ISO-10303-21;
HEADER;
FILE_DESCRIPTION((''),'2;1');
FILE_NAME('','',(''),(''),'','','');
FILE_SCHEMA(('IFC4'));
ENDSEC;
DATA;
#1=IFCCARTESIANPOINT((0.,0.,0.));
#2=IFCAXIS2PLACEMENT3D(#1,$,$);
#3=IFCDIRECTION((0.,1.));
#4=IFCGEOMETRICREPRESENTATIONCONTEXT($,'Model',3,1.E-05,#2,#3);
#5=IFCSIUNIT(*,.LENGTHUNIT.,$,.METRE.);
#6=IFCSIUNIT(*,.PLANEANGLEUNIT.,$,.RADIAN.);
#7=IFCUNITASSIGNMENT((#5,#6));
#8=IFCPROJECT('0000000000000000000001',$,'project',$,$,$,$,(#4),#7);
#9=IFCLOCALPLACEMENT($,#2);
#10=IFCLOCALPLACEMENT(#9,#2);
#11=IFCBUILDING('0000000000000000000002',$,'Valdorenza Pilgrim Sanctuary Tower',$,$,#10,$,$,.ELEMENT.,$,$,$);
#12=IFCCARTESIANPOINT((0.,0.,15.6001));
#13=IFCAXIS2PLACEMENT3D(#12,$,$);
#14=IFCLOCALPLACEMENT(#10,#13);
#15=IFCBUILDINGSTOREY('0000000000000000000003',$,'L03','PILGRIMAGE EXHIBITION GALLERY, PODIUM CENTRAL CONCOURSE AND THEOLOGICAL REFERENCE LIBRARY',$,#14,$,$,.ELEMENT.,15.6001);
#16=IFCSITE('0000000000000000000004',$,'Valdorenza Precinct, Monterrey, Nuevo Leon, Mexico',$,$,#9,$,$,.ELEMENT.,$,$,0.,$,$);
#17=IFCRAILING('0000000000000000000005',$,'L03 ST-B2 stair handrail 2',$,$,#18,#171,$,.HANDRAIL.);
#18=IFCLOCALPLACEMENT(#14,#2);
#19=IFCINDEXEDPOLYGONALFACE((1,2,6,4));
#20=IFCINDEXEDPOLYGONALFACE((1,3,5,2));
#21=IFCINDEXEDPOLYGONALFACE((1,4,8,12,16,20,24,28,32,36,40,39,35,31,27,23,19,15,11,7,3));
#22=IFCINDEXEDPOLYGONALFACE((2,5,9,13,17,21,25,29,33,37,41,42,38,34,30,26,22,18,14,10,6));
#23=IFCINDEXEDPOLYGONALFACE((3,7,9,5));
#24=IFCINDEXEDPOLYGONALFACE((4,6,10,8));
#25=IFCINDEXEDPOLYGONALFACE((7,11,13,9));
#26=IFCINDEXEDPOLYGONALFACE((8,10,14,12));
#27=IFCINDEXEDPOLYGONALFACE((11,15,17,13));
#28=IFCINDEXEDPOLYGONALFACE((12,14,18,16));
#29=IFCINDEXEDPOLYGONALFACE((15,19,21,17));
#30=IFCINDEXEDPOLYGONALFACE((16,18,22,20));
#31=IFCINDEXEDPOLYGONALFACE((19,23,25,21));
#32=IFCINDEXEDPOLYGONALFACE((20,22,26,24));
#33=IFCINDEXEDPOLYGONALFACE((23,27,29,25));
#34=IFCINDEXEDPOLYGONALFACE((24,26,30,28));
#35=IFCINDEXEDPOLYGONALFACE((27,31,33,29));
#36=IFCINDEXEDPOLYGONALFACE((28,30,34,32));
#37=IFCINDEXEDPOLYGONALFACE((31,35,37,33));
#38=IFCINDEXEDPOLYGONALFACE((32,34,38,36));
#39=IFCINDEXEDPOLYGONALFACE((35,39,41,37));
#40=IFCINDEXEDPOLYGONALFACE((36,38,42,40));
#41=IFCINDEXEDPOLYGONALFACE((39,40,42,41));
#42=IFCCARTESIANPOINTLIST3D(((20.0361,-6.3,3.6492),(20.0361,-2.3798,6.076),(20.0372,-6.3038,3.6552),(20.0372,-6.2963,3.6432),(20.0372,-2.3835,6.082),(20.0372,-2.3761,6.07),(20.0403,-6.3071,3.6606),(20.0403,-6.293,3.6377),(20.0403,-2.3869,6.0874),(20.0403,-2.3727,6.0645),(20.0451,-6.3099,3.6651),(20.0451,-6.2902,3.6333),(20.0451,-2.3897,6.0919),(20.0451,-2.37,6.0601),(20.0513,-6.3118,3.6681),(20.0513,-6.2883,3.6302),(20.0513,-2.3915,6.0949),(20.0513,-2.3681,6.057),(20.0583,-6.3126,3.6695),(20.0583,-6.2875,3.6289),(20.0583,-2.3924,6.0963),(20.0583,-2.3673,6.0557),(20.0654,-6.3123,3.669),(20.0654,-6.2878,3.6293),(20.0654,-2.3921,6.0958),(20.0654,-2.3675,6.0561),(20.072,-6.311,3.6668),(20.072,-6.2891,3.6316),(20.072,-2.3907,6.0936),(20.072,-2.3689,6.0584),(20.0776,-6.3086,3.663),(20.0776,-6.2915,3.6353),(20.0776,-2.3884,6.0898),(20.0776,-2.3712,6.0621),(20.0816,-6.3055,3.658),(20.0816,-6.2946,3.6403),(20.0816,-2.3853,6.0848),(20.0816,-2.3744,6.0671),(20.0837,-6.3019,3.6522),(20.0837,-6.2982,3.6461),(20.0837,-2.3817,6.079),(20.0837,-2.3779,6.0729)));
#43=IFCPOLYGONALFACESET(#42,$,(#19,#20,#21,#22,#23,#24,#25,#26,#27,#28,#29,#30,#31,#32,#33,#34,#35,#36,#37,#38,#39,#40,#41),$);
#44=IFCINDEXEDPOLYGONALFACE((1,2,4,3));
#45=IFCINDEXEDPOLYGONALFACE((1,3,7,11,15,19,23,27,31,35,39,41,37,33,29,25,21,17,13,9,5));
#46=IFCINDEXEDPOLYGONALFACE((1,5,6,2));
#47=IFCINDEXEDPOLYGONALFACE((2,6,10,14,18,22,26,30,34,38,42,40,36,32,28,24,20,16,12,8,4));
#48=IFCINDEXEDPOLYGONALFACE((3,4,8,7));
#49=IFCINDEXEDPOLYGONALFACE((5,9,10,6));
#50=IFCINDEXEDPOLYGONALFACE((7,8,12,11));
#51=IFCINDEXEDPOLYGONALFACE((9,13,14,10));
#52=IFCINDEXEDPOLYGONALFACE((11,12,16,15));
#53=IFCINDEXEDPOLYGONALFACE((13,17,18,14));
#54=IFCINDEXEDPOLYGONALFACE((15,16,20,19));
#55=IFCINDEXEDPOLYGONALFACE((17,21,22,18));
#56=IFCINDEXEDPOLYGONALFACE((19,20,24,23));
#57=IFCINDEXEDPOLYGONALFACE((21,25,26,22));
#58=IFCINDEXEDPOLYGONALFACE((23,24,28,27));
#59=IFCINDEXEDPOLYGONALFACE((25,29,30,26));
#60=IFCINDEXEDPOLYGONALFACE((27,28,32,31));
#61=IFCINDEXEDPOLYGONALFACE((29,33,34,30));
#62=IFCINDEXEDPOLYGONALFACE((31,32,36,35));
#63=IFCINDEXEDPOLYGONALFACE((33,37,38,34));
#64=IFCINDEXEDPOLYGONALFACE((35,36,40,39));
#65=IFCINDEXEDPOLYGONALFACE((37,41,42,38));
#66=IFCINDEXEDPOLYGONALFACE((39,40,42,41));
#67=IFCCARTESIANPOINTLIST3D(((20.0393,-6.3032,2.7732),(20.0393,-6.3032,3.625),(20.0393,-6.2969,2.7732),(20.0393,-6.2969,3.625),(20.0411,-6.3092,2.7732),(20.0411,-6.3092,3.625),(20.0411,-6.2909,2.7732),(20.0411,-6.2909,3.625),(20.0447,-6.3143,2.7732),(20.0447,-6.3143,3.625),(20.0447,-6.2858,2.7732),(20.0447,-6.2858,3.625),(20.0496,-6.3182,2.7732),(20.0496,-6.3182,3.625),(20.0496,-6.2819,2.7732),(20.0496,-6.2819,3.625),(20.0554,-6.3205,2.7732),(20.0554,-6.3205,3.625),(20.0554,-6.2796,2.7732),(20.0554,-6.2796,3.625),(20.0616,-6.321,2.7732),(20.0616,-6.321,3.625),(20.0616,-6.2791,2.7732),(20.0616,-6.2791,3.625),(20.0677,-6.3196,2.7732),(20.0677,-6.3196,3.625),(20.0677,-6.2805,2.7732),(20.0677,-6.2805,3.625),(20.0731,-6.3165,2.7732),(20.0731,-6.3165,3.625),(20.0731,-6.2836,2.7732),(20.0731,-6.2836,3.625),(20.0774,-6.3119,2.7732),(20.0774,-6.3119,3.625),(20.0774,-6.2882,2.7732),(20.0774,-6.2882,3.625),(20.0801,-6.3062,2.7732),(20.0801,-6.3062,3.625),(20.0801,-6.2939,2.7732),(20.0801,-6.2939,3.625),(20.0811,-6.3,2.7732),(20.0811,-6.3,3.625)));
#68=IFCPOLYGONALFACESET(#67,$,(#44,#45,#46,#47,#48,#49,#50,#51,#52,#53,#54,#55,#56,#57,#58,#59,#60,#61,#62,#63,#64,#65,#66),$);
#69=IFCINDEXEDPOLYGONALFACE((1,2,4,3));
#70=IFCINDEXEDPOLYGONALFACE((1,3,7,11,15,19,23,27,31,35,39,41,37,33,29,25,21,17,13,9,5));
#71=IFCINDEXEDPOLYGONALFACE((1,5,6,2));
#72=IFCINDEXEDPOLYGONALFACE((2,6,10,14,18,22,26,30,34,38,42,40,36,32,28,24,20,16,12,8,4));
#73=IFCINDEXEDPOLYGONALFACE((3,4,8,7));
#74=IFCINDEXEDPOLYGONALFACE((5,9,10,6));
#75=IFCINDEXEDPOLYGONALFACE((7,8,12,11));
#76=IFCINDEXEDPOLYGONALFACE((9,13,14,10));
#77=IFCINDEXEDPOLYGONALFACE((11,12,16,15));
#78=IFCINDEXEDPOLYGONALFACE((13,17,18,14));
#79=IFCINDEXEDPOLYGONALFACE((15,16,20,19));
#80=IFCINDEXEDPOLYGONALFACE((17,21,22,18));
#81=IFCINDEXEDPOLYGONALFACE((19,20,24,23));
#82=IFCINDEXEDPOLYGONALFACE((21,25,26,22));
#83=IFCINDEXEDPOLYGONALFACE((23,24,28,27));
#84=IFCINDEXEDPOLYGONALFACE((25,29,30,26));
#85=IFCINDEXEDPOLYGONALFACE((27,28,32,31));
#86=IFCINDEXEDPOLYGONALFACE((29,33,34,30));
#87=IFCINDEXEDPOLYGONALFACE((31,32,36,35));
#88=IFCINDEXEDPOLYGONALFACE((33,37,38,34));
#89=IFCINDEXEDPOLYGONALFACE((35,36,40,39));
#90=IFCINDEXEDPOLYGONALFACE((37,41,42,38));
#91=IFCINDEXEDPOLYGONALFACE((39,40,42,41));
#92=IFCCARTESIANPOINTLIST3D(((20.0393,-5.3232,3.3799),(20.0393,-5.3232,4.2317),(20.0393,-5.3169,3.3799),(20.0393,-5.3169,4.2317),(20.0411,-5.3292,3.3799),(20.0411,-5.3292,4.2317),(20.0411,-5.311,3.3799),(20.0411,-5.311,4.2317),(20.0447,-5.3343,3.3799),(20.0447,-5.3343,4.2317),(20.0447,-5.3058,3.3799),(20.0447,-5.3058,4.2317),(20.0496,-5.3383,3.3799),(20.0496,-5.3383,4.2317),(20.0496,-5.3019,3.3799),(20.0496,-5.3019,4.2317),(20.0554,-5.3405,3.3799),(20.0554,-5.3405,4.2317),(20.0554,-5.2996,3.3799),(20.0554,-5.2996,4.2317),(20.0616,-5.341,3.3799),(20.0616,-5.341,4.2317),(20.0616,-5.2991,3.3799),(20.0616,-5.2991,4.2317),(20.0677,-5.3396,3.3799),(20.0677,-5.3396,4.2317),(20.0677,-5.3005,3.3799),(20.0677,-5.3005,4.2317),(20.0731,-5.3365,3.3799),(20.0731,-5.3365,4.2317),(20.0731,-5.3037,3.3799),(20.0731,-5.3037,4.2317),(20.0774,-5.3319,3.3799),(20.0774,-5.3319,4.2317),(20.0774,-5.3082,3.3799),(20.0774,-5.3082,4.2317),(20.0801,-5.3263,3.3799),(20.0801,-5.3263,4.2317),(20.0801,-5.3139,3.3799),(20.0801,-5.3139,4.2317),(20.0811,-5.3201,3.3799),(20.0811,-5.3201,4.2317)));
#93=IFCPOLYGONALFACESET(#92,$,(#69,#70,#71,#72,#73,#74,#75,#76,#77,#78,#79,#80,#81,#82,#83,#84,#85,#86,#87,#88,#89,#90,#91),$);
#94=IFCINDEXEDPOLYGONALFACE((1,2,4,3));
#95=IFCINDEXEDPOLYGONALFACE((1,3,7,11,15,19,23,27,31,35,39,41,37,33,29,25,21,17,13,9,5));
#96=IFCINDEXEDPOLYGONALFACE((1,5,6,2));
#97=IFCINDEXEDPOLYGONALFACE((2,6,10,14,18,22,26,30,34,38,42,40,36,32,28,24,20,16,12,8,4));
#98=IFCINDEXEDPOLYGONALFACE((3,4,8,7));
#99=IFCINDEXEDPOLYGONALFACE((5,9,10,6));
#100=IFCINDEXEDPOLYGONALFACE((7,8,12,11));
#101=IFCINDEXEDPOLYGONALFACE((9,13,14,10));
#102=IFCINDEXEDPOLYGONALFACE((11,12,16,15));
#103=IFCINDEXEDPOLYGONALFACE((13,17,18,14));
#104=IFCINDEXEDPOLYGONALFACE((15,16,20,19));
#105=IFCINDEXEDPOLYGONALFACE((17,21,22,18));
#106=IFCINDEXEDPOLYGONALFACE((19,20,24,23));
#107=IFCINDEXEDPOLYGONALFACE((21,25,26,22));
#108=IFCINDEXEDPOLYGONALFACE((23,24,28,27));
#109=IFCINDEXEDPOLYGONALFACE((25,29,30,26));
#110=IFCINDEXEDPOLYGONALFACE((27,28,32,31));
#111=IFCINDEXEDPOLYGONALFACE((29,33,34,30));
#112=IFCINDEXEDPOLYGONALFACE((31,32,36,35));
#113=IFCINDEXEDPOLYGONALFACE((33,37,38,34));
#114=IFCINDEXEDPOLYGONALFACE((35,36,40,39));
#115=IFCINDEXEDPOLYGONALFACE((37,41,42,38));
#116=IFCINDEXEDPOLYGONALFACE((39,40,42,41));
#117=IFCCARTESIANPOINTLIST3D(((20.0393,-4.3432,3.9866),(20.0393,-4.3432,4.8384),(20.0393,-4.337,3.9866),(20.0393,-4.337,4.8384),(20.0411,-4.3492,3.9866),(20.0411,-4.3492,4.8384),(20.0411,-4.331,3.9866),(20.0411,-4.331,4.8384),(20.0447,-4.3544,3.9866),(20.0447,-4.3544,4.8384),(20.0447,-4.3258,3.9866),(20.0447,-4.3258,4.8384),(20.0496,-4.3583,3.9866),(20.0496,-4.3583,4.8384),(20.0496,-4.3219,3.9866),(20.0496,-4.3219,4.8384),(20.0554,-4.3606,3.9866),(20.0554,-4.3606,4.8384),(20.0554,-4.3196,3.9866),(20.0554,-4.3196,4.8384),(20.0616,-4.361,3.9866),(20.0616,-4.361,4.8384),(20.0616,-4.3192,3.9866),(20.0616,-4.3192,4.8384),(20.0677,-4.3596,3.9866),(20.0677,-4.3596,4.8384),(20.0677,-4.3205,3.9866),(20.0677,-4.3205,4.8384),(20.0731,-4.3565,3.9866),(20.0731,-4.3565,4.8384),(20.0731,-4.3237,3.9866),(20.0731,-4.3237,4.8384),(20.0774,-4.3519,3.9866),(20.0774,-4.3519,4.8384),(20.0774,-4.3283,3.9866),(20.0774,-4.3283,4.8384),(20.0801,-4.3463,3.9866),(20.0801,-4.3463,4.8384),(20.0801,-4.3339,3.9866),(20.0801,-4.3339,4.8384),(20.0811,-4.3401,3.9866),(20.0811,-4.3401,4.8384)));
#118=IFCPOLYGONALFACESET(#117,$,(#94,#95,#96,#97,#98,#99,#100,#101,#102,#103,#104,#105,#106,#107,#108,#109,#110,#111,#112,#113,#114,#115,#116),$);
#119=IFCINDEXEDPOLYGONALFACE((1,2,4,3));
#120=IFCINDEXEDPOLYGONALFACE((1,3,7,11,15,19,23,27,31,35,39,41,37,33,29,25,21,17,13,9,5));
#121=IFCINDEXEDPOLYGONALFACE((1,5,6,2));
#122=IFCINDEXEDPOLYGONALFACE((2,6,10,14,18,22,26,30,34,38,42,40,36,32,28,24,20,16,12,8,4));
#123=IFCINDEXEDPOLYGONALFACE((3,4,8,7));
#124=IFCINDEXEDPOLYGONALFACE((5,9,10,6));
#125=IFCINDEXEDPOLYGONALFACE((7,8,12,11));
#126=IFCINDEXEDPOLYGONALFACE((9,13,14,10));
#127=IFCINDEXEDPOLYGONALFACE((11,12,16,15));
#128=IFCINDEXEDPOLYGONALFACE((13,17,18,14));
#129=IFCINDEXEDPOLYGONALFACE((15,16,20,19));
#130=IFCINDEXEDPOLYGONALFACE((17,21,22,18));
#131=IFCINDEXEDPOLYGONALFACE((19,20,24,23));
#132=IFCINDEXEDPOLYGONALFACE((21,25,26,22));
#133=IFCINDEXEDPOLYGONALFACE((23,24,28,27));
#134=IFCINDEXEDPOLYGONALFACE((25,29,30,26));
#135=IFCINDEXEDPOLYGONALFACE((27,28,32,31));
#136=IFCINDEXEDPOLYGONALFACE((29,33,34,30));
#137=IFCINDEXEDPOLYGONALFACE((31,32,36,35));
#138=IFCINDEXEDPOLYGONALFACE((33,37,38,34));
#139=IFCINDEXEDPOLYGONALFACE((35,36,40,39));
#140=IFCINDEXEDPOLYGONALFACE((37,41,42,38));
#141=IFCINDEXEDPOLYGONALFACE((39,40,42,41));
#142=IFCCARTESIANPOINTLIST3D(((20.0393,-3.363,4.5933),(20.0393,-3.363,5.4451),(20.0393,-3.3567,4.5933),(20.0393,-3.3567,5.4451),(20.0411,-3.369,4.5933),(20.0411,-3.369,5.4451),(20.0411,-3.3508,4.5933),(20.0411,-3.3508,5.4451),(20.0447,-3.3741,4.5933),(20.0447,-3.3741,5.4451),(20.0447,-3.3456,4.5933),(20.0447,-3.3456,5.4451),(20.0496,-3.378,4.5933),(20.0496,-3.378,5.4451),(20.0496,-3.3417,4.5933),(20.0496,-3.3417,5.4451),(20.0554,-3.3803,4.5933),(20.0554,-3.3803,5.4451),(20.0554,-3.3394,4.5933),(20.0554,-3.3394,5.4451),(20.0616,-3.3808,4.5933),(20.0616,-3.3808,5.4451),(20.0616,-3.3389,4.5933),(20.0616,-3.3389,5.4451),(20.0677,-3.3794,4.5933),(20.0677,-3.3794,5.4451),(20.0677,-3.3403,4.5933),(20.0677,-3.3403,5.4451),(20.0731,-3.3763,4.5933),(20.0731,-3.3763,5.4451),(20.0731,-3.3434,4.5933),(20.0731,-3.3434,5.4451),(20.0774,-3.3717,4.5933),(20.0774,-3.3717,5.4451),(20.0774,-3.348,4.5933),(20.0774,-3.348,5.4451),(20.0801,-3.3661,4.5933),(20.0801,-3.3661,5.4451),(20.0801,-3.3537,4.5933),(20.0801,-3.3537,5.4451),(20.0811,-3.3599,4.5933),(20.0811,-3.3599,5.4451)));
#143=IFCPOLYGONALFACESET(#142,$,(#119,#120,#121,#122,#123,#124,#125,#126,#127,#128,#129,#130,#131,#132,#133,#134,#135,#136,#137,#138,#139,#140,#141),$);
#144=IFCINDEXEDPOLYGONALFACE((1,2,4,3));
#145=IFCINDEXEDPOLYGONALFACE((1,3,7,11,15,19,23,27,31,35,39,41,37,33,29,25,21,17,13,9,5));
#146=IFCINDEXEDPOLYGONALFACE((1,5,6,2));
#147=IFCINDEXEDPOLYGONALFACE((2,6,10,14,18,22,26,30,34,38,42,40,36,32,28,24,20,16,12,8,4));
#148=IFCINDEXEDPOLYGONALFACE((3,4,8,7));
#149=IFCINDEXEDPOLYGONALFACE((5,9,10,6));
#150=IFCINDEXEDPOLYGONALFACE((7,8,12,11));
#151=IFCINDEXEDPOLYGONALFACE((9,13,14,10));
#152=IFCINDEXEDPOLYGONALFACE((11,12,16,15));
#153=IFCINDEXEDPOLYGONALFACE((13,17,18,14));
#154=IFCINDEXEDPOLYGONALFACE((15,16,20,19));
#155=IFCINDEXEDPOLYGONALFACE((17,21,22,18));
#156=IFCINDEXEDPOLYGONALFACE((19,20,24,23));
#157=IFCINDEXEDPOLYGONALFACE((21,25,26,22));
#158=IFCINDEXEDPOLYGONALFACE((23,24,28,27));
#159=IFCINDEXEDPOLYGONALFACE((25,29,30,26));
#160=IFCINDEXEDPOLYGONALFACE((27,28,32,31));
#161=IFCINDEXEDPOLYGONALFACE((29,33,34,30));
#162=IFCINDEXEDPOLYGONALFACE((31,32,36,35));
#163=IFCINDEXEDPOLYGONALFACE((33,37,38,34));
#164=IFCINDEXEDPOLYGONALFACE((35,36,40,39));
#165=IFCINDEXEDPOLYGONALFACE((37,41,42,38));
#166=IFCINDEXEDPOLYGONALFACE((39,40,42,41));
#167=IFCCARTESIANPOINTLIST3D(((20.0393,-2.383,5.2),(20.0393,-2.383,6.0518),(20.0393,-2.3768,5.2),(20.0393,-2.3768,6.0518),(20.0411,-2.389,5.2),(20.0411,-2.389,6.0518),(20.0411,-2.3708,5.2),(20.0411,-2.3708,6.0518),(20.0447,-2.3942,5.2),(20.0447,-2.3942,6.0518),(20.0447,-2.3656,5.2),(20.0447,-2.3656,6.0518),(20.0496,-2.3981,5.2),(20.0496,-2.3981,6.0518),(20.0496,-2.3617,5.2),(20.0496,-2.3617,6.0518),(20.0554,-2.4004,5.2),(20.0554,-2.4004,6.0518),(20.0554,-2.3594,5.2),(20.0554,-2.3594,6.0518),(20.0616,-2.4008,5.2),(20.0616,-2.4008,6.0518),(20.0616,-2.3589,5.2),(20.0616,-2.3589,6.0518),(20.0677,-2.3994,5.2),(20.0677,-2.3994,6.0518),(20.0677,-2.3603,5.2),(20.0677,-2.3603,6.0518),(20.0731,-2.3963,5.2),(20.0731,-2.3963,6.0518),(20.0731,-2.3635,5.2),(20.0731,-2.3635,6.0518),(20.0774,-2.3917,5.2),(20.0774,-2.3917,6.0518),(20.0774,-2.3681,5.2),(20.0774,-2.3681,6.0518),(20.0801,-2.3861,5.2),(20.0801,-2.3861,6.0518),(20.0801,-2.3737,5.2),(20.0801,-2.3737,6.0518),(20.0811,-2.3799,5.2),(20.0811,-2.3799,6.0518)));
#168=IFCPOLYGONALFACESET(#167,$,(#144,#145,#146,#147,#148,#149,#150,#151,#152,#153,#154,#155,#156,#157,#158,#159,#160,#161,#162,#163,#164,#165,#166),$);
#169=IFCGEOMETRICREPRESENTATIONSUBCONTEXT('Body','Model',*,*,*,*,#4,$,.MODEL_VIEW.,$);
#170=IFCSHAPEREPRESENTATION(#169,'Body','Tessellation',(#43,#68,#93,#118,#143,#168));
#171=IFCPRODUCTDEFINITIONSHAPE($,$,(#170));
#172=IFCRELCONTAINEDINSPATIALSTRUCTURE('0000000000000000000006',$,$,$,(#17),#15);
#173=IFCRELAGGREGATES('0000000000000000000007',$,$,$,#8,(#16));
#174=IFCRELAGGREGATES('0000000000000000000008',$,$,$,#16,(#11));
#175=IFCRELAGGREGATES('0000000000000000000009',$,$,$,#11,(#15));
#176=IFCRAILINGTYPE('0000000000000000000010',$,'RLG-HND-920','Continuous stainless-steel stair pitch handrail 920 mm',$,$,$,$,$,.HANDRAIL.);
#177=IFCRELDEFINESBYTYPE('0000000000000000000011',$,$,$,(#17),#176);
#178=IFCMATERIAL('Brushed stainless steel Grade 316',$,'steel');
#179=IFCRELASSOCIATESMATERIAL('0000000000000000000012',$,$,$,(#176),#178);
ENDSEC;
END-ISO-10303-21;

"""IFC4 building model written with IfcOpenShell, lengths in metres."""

from ifc_helpers import new_model, si_unit, direction, frame, origin, origin_2d, place, context, subcontext, project, spatial, circle, extrude, material, type_object, element, save


model = new_model("IFC4")

# Units and contexts
model_context = context("Model", 3, precision=1e-05, world=origin(), true_north=direction((0.0, 1.0)))
body_context = subcontext(model_context, "Body", "Model", "MODEL_VIEW")
ifc_project = project(units=[si_unit("LENGTHUNIT", "METRE"), si_unit("PLANEANGLEUNIT", "RADIAN")], contexts=[model_context])

# Site, building, storey
site_placement = place(None, origin())
site = spatial("IfcSite", under=ifc_project, at=site_placement, Name="Valdorenza Precinct, Monterrey, Nuevo Leon, Mexico", CompositionType="ELEMENT", RefElevation=0.0)
building_placement = place(site_placement, origin())
building = spatial("IfcBuilding", under=site, at=building_placement, Name="Valdorenza Pilgrim Sanctuary Tower", CompositionType="ELEMENT")
storey_placement = place(building_placement, frame((0.0, 0.0, 15.6001)))
storey = spatial("IfcBuildingStorey", under=building, at=storey_placement, Name="L03", Description="PILGRIMAGE EXHIBITION GALLERY, PODIUM CENTRAL CONCOURSE AND THEOLOGICAL REFERENCE LIBRARY", CompositionType="ELEMENT", Elevation=15.6001)

# Shared definitions
ifc_material_1 = material(Name="Brushed stainless steel Grade 316", Category="steel")

# Railing
railing_type_1 = type_object("IfcRailingType", Name="RLG-HND-920", Description="Continuous stainless-steel stair pitch handrail 920 mm", PredefinedType="HANDRAIL", material=ifc_material_1)
railing_1_placement = place(storey_placement, frame((20.0601, -6.3, 2.7732)))
element("IfcRailing", 1, at=railing_1_placement, inside=storey, type_object=railing_type_1, Name="L03 ST-B2 stair handrail 2", PredefinedType="HANDRAIL", context=body_context, shape_type="SweptSolid", body=[
    extrude(circle(Radius=0.0239, at=origin_2d()), frame((0.0, 0.0, 0.876), z_axis=(0.0, 0.850266, 0.526353), x_axis=(-1.0, 0.0, 0.0)), (0.0, 0.0, 1.0), 4.6106),
    extrude(circle(Radius=0.021, at=origin_2d()), origin(), (0.0, 0.0, 1.0), 0.8518),
    extrude(circle(Radius=0.021, at=origin_2d()), frame((0.0, 0.98, 0.6067)), (0.0, 0.0, 1.0), 0.8518),
    extrude(circle(Radius=0.021, at=origin_2d()), frame((0.0, 1.96, 1.2134)), (0.0, 0.0, 1.0), 0.8518),
    extrude(circle(Radius=0.021, at=origin_2d()), frame((0.0, 2.9402, 1.8201)), (0.0, 0.0, 1.0), 0.8518),
    extrude(circle(Radius=0.021, at=origin_2d()), frame((0.0, 3.9202, 2.4268)), (0.0, 0.0, 1.0), 0.8518),
])

save(model, "model.ifc")
